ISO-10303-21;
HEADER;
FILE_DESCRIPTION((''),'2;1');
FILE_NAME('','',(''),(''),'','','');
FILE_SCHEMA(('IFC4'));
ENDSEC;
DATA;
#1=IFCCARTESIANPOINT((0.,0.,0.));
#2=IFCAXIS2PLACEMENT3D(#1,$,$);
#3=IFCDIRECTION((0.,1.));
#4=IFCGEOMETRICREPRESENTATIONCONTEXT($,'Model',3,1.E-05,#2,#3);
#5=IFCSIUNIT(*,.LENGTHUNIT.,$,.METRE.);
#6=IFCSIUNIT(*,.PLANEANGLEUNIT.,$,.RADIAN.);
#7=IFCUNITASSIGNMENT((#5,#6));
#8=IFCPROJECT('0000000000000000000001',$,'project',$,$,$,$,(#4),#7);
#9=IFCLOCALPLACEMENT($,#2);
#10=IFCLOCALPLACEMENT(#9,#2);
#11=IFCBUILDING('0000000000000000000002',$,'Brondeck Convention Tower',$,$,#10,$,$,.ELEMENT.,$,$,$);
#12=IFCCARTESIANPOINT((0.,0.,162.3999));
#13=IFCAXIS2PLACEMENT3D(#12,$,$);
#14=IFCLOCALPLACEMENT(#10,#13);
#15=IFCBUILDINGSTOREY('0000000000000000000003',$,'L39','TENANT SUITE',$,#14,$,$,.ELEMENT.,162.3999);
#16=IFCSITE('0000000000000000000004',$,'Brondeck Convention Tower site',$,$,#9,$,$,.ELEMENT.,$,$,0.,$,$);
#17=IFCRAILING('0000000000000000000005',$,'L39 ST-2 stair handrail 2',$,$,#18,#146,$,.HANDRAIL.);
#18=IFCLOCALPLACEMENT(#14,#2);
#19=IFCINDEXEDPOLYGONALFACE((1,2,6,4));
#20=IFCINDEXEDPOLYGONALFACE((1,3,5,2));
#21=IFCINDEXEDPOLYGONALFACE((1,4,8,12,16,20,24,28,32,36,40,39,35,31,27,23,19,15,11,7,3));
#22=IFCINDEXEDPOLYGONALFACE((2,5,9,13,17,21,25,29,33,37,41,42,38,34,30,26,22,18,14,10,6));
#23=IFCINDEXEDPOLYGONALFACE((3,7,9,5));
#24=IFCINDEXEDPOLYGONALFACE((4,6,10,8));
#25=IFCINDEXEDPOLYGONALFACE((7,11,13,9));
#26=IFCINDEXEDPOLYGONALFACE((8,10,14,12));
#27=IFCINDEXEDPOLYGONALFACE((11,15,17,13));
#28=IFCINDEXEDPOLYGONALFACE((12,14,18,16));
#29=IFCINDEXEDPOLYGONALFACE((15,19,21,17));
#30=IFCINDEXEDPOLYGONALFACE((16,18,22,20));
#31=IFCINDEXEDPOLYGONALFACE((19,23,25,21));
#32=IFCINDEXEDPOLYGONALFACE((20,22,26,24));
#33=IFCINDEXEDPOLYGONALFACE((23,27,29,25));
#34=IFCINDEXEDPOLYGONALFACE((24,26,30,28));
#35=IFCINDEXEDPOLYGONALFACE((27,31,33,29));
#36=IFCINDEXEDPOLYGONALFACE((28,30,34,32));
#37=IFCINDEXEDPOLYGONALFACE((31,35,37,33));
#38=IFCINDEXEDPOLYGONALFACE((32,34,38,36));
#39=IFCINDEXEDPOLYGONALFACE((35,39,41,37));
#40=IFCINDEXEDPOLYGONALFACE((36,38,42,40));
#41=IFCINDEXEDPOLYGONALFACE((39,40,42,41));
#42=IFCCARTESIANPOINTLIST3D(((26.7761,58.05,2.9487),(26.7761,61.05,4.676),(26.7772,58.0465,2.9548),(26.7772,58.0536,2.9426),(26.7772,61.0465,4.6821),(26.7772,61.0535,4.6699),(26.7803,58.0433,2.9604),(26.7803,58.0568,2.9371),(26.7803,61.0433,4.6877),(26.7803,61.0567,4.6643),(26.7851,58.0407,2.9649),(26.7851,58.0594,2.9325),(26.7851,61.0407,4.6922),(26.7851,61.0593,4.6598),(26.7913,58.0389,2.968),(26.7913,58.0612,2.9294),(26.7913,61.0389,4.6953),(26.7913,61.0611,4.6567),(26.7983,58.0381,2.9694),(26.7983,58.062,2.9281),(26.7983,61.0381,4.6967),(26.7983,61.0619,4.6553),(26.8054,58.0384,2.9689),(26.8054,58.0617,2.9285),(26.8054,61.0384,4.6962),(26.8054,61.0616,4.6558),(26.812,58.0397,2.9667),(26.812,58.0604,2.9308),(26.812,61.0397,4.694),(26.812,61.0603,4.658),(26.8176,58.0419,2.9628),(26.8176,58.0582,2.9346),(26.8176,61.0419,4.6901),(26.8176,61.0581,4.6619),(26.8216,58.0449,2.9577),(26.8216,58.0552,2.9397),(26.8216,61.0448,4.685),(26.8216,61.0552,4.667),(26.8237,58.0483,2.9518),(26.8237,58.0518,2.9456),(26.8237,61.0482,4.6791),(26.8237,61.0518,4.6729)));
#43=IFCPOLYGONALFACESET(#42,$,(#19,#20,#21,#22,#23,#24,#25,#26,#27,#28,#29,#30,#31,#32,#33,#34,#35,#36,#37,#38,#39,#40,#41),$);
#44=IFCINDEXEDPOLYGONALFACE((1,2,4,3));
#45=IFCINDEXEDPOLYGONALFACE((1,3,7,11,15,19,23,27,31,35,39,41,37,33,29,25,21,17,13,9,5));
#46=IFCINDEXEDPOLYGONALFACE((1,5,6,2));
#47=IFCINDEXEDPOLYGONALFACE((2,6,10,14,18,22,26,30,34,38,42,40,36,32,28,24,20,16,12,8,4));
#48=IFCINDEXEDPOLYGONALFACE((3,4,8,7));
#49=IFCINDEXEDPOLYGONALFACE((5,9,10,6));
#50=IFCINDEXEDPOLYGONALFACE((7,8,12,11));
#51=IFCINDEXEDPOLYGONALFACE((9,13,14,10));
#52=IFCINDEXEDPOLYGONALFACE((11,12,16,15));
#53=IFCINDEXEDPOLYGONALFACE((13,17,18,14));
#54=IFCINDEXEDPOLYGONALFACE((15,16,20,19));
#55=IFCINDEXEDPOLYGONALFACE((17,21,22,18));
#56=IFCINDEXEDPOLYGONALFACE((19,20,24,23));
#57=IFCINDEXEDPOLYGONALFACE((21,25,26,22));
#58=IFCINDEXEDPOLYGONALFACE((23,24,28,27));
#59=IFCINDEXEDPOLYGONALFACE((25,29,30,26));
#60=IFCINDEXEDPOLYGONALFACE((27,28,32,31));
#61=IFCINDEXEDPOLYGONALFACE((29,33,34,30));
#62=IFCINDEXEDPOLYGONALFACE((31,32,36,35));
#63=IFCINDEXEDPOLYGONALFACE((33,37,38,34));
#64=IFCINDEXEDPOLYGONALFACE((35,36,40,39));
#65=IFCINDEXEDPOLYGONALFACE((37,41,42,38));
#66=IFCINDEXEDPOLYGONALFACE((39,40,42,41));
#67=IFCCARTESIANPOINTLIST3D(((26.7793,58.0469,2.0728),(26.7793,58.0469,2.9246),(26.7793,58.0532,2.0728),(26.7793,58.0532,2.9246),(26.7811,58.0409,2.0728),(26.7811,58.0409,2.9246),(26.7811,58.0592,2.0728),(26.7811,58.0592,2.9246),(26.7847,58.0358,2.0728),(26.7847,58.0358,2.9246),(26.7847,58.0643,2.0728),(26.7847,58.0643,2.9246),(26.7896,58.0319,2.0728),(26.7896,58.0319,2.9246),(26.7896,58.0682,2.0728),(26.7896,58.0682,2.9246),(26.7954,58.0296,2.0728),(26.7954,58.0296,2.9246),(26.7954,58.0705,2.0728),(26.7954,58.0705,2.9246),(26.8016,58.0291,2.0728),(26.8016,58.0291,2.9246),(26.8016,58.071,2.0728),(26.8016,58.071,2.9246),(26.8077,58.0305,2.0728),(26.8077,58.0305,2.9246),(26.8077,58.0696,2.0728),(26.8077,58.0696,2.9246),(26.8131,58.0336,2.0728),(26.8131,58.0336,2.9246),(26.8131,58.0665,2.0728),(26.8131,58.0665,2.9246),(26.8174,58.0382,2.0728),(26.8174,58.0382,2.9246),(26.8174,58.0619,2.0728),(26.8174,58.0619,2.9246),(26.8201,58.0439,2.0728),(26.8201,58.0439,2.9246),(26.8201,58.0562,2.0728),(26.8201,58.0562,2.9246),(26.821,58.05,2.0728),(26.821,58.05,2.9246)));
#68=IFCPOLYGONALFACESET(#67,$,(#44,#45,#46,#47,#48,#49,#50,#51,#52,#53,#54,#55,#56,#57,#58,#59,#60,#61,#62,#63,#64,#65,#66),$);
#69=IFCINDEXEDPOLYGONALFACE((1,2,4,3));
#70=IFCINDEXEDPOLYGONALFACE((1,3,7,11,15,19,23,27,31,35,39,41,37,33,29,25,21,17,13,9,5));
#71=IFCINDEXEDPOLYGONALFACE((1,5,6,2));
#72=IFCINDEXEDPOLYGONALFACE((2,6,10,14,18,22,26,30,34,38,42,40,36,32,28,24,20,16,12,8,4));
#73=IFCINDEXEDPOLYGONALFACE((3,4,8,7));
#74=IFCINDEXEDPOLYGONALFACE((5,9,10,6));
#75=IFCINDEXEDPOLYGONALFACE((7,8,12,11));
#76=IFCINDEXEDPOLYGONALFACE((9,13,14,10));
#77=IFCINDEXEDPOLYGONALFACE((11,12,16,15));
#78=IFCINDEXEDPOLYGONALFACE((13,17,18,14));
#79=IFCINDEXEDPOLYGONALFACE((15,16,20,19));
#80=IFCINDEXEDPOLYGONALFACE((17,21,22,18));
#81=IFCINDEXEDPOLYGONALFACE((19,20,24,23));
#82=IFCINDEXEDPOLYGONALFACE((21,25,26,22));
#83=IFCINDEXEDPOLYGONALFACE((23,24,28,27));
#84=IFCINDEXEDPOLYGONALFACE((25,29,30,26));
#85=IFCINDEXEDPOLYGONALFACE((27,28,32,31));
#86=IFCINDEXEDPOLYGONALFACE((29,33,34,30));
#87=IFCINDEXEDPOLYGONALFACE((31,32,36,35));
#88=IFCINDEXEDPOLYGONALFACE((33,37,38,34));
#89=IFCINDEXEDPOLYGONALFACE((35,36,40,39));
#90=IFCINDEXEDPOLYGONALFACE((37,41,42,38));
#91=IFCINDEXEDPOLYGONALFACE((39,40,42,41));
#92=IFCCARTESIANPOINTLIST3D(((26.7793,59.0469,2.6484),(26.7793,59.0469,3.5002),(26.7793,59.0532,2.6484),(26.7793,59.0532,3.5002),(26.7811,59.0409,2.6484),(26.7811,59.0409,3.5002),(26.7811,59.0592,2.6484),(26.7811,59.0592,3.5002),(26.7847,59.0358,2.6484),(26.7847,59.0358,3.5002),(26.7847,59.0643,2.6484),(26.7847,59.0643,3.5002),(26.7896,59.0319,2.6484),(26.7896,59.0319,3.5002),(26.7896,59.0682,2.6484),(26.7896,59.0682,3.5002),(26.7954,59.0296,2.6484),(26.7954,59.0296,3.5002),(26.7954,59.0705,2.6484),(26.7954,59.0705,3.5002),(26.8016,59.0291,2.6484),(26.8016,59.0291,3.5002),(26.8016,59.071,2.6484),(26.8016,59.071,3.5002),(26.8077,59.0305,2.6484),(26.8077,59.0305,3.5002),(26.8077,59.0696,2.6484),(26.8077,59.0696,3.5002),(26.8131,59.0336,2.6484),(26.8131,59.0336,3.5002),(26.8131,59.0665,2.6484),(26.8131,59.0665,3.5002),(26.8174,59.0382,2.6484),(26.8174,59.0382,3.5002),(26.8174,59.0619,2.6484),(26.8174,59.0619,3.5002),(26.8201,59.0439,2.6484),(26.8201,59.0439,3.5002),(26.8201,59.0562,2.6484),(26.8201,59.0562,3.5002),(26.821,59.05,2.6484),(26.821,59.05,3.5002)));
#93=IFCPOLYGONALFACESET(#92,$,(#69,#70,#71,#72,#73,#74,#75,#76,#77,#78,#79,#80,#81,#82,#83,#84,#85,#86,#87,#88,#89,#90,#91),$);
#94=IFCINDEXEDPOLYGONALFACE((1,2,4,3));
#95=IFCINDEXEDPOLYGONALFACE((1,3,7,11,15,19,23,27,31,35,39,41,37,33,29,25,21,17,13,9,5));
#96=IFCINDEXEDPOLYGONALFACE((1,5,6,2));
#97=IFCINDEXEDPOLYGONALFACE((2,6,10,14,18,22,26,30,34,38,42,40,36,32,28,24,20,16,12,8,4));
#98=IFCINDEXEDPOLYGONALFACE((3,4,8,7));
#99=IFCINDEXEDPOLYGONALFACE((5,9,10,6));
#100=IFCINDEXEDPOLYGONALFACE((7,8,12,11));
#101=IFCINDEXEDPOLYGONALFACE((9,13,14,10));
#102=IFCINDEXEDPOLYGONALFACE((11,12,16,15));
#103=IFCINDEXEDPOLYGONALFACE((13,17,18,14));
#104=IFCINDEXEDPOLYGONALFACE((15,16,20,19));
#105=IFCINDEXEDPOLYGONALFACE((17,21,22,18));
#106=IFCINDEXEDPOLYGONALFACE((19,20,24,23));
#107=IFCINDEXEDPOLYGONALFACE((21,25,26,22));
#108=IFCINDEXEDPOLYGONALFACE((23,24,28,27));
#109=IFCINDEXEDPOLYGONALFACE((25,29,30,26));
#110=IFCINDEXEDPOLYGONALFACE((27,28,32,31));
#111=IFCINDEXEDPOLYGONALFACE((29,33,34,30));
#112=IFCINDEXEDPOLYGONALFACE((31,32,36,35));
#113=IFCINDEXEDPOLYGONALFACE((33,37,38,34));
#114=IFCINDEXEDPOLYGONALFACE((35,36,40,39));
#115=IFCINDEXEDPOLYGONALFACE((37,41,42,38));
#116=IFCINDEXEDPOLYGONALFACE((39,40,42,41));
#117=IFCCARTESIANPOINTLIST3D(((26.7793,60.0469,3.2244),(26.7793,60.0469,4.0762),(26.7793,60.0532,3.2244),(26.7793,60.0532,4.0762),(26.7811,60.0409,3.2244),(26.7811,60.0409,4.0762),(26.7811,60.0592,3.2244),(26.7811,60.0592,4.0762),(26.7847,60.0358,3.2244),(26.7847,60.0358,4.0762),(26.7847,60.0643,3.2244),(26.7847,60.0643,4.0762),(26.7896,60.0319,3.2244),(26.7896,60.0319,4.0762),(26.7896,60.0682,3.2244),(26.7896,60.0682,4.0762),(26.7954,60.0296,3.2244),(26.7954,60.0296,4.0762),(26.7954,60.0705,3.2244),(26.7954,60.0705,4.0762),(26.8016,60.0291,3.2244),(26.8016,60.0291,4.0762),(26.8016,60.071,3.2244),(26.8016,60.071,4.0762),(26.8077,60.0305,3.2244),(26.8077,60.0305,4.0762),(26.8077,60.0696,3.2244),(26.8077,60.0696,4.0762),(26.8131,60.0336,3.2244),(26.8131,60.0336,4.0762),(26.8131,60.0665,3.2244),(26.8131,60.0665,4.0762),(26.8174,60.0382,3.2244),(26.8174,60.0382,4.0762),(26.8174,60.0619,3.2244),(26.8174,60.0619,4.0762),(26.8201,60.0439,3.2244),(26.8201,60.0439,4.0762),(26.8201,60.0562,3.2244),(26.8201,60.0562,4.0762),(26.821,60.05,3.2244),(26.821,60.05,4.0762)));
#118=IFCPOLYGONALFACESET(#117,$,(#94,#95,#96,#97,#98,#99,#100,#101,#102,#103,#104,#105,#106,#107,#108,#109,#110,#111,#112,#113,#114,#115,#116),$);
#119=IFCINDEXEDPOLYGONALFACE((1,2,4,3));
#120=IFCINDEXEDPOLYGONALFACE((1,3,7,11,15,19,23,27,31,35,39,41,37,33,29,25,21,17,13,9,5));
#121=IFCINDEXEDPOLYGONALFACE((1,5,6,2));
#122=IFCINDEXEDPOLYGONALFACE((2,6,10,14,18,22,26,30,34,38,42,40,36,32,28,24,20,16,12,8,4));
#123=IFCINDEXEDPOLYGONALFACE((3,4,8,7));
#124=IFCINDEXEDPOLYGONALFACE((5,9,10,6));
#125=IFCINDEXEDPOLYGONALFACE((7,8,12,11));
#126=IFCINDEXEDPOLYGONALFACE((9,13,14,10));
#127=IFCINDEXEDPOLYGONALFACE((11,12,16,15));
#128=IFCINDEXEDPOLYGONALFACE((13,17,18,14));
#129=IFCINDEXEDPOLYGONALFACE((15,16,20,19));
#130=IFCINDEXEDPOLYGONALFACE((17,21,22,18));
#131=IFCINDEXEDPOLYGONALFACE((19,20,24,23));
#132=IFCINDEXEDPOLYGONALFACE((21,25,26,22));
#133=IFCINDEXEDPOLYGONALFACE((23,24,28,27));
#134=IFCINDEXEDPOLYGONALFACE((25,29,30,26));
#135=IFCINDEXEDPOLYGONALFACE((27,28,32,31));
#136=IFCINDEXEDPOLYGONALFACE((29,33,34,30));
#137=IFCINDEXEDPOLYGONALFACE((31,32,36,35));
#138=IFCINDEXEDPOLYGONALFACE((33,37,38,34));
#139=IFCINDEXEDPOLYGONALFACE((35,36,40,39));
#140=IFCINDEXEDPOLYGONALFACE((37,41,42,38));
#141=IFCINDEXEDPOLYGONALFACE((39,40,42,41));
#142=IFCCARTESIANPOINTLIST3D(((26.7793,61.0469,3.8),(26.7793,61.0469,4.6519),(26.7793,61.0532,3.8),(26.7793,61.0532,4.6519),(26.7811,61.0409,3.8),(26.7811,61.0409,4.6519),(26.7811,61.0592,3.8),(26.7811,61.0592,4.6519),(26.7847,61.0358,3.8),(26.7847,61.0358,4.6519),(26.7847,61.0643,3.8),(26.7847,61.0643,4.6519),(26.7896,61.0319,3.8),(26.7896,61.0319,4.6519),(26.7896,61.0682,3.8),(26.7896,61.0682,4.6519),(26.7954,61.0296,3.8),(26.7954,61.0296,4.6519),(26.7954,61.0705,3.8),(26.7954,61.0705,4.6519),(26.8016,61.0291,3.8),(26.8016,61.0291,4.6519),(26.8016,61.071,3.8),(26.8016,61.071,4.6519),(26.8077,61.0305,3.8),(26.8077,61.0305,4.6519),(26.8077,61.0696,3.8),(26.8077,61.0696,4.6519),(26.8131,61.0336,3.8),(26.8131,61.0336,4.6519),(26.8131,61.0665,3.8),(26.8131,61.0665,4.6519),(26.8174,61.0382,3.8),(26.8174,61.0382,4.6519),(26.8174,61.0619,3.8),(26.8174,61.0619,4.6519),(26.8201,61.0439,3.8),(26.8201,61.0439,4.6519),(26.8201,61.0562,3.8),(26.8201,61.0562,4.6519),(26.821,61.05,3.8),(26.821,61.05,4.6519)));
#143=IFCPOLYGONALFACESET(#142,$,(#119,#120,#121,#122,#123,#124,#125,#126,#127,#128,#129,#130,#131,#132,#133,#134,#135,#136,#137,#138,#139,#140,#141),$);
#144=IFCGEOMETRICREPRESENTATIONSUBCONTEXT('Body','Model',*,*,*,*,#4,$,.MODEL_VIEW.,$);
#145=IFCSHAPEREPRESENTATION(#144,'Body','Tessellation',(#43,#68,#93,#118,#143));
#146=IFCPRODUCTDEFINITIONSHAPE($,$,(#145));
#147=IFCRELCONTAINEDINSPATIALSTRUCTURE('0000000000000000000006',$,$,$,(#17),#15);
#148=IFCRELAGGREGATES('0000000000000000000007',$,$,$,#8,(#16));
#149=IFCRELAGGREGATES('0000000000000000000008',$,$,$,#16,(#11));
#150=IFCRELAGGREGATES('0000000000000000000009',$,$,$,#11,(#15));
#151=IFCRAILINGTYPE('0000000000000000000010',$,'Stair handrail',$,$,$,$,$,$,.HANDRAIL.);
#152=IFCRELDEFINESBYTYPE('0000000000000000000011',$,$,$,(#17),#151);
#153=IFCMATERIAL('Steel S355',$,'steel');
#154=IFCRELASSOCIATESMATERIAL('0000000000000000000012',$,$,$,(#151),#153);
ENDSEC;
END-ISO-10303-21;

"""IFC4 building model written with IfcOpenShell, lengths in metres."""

from ifc_helpers import new_model, si_unit, direction, frame, origin, origin_2d, place, context, subcontext, project, spatial, circle, extrude, material, type_object, element, save


model = new_model("IFC4")

# Units and contexts
model_context = context("Model", 3, precision=1e-05, world=origin(), true_north=direction((0.0, 1.0)))
body_context = subcontext(model_context, "Body", "Model", "MODEL_VIEW")
ifc_project = project(units=[si_unit("LENGTHUNIT", "METRE"), si_unit("PLANEANGLEUNIT", "RADIAN")], contexts=[model_context])

# Site, building, storey
site_placement = place(None, origin())
site = spatial("IfcSite", under=ifc_project, at=site_placement, Name="Brondeck Convention Tower site", CompositionType="ELEMENT", RefElevation=0.0)
building_placement = place(site_placement, origin())
building = spatial("IfcBuilding", under=site, at=building_placement, Name="Brondeck Convention Tower", CompositionType="ELEMENT")
storey_placement = place(building_placement, frame((0.0, 0.0, 162.3999)))
storey = spatial("IfcBuildingStorey", under=building, at=storey_placement, Name="L39", Description="TENANT SUITE", CompositionType="ELEMENT", Elevation=162.3999)

# Railing
ifc_material_1 = material(Name="Steel S355", Category="steel")
railing_type_1 = type_object("IfcRailingType", Name="Stair handrail", PredefinedType="HANDRAIL", material=ifc_material_1)
railing_1_placement = place(storey_placement, frame((26.8, 58.05, 2.0728)))
element("IfcRailing", 1, at=railing_1_placement, inside=storey, type_object=railing_type_1, Name="L39 ST-2 stair handrail 2", PredefinedType="HANDRAIL", context=body_context, shape_type="SweptSolid", body=[
    extrude(circle(Radius=0.0239, at=origin_2d()), frame((0.0, 0.0, 0.876), z_axis=(0.0, 0.86662, 0.498969), x_axis=(-1.0, 0.0, 0.0)), (0.0, 0.0, 1.0), 3.4617),
    extrude(circle(Radius=0.021, at=origin_2d()), origin(), (0.0, 0.0, 1.0), 0.8518),
    extrude(circle(Radius=0.021, at=origin_2d()), frame((0.0, 1.0, 0.5757)), (0.0, 0.0, 1.0), 0.8518),
    extrude(circle(Radius=0.021, at=origin_2d()), frame((0.0, 2.0, 1.1516)), (0.0, 0.0, 1.0), 0.8518),
    extrude(circle(Radius=0.021, at=origin_2d()), frame((0.0, 3.0, 1.7273)), (0.0, 0.0, 1.0), 0.8518),
])

save(model, "model.ifc")
